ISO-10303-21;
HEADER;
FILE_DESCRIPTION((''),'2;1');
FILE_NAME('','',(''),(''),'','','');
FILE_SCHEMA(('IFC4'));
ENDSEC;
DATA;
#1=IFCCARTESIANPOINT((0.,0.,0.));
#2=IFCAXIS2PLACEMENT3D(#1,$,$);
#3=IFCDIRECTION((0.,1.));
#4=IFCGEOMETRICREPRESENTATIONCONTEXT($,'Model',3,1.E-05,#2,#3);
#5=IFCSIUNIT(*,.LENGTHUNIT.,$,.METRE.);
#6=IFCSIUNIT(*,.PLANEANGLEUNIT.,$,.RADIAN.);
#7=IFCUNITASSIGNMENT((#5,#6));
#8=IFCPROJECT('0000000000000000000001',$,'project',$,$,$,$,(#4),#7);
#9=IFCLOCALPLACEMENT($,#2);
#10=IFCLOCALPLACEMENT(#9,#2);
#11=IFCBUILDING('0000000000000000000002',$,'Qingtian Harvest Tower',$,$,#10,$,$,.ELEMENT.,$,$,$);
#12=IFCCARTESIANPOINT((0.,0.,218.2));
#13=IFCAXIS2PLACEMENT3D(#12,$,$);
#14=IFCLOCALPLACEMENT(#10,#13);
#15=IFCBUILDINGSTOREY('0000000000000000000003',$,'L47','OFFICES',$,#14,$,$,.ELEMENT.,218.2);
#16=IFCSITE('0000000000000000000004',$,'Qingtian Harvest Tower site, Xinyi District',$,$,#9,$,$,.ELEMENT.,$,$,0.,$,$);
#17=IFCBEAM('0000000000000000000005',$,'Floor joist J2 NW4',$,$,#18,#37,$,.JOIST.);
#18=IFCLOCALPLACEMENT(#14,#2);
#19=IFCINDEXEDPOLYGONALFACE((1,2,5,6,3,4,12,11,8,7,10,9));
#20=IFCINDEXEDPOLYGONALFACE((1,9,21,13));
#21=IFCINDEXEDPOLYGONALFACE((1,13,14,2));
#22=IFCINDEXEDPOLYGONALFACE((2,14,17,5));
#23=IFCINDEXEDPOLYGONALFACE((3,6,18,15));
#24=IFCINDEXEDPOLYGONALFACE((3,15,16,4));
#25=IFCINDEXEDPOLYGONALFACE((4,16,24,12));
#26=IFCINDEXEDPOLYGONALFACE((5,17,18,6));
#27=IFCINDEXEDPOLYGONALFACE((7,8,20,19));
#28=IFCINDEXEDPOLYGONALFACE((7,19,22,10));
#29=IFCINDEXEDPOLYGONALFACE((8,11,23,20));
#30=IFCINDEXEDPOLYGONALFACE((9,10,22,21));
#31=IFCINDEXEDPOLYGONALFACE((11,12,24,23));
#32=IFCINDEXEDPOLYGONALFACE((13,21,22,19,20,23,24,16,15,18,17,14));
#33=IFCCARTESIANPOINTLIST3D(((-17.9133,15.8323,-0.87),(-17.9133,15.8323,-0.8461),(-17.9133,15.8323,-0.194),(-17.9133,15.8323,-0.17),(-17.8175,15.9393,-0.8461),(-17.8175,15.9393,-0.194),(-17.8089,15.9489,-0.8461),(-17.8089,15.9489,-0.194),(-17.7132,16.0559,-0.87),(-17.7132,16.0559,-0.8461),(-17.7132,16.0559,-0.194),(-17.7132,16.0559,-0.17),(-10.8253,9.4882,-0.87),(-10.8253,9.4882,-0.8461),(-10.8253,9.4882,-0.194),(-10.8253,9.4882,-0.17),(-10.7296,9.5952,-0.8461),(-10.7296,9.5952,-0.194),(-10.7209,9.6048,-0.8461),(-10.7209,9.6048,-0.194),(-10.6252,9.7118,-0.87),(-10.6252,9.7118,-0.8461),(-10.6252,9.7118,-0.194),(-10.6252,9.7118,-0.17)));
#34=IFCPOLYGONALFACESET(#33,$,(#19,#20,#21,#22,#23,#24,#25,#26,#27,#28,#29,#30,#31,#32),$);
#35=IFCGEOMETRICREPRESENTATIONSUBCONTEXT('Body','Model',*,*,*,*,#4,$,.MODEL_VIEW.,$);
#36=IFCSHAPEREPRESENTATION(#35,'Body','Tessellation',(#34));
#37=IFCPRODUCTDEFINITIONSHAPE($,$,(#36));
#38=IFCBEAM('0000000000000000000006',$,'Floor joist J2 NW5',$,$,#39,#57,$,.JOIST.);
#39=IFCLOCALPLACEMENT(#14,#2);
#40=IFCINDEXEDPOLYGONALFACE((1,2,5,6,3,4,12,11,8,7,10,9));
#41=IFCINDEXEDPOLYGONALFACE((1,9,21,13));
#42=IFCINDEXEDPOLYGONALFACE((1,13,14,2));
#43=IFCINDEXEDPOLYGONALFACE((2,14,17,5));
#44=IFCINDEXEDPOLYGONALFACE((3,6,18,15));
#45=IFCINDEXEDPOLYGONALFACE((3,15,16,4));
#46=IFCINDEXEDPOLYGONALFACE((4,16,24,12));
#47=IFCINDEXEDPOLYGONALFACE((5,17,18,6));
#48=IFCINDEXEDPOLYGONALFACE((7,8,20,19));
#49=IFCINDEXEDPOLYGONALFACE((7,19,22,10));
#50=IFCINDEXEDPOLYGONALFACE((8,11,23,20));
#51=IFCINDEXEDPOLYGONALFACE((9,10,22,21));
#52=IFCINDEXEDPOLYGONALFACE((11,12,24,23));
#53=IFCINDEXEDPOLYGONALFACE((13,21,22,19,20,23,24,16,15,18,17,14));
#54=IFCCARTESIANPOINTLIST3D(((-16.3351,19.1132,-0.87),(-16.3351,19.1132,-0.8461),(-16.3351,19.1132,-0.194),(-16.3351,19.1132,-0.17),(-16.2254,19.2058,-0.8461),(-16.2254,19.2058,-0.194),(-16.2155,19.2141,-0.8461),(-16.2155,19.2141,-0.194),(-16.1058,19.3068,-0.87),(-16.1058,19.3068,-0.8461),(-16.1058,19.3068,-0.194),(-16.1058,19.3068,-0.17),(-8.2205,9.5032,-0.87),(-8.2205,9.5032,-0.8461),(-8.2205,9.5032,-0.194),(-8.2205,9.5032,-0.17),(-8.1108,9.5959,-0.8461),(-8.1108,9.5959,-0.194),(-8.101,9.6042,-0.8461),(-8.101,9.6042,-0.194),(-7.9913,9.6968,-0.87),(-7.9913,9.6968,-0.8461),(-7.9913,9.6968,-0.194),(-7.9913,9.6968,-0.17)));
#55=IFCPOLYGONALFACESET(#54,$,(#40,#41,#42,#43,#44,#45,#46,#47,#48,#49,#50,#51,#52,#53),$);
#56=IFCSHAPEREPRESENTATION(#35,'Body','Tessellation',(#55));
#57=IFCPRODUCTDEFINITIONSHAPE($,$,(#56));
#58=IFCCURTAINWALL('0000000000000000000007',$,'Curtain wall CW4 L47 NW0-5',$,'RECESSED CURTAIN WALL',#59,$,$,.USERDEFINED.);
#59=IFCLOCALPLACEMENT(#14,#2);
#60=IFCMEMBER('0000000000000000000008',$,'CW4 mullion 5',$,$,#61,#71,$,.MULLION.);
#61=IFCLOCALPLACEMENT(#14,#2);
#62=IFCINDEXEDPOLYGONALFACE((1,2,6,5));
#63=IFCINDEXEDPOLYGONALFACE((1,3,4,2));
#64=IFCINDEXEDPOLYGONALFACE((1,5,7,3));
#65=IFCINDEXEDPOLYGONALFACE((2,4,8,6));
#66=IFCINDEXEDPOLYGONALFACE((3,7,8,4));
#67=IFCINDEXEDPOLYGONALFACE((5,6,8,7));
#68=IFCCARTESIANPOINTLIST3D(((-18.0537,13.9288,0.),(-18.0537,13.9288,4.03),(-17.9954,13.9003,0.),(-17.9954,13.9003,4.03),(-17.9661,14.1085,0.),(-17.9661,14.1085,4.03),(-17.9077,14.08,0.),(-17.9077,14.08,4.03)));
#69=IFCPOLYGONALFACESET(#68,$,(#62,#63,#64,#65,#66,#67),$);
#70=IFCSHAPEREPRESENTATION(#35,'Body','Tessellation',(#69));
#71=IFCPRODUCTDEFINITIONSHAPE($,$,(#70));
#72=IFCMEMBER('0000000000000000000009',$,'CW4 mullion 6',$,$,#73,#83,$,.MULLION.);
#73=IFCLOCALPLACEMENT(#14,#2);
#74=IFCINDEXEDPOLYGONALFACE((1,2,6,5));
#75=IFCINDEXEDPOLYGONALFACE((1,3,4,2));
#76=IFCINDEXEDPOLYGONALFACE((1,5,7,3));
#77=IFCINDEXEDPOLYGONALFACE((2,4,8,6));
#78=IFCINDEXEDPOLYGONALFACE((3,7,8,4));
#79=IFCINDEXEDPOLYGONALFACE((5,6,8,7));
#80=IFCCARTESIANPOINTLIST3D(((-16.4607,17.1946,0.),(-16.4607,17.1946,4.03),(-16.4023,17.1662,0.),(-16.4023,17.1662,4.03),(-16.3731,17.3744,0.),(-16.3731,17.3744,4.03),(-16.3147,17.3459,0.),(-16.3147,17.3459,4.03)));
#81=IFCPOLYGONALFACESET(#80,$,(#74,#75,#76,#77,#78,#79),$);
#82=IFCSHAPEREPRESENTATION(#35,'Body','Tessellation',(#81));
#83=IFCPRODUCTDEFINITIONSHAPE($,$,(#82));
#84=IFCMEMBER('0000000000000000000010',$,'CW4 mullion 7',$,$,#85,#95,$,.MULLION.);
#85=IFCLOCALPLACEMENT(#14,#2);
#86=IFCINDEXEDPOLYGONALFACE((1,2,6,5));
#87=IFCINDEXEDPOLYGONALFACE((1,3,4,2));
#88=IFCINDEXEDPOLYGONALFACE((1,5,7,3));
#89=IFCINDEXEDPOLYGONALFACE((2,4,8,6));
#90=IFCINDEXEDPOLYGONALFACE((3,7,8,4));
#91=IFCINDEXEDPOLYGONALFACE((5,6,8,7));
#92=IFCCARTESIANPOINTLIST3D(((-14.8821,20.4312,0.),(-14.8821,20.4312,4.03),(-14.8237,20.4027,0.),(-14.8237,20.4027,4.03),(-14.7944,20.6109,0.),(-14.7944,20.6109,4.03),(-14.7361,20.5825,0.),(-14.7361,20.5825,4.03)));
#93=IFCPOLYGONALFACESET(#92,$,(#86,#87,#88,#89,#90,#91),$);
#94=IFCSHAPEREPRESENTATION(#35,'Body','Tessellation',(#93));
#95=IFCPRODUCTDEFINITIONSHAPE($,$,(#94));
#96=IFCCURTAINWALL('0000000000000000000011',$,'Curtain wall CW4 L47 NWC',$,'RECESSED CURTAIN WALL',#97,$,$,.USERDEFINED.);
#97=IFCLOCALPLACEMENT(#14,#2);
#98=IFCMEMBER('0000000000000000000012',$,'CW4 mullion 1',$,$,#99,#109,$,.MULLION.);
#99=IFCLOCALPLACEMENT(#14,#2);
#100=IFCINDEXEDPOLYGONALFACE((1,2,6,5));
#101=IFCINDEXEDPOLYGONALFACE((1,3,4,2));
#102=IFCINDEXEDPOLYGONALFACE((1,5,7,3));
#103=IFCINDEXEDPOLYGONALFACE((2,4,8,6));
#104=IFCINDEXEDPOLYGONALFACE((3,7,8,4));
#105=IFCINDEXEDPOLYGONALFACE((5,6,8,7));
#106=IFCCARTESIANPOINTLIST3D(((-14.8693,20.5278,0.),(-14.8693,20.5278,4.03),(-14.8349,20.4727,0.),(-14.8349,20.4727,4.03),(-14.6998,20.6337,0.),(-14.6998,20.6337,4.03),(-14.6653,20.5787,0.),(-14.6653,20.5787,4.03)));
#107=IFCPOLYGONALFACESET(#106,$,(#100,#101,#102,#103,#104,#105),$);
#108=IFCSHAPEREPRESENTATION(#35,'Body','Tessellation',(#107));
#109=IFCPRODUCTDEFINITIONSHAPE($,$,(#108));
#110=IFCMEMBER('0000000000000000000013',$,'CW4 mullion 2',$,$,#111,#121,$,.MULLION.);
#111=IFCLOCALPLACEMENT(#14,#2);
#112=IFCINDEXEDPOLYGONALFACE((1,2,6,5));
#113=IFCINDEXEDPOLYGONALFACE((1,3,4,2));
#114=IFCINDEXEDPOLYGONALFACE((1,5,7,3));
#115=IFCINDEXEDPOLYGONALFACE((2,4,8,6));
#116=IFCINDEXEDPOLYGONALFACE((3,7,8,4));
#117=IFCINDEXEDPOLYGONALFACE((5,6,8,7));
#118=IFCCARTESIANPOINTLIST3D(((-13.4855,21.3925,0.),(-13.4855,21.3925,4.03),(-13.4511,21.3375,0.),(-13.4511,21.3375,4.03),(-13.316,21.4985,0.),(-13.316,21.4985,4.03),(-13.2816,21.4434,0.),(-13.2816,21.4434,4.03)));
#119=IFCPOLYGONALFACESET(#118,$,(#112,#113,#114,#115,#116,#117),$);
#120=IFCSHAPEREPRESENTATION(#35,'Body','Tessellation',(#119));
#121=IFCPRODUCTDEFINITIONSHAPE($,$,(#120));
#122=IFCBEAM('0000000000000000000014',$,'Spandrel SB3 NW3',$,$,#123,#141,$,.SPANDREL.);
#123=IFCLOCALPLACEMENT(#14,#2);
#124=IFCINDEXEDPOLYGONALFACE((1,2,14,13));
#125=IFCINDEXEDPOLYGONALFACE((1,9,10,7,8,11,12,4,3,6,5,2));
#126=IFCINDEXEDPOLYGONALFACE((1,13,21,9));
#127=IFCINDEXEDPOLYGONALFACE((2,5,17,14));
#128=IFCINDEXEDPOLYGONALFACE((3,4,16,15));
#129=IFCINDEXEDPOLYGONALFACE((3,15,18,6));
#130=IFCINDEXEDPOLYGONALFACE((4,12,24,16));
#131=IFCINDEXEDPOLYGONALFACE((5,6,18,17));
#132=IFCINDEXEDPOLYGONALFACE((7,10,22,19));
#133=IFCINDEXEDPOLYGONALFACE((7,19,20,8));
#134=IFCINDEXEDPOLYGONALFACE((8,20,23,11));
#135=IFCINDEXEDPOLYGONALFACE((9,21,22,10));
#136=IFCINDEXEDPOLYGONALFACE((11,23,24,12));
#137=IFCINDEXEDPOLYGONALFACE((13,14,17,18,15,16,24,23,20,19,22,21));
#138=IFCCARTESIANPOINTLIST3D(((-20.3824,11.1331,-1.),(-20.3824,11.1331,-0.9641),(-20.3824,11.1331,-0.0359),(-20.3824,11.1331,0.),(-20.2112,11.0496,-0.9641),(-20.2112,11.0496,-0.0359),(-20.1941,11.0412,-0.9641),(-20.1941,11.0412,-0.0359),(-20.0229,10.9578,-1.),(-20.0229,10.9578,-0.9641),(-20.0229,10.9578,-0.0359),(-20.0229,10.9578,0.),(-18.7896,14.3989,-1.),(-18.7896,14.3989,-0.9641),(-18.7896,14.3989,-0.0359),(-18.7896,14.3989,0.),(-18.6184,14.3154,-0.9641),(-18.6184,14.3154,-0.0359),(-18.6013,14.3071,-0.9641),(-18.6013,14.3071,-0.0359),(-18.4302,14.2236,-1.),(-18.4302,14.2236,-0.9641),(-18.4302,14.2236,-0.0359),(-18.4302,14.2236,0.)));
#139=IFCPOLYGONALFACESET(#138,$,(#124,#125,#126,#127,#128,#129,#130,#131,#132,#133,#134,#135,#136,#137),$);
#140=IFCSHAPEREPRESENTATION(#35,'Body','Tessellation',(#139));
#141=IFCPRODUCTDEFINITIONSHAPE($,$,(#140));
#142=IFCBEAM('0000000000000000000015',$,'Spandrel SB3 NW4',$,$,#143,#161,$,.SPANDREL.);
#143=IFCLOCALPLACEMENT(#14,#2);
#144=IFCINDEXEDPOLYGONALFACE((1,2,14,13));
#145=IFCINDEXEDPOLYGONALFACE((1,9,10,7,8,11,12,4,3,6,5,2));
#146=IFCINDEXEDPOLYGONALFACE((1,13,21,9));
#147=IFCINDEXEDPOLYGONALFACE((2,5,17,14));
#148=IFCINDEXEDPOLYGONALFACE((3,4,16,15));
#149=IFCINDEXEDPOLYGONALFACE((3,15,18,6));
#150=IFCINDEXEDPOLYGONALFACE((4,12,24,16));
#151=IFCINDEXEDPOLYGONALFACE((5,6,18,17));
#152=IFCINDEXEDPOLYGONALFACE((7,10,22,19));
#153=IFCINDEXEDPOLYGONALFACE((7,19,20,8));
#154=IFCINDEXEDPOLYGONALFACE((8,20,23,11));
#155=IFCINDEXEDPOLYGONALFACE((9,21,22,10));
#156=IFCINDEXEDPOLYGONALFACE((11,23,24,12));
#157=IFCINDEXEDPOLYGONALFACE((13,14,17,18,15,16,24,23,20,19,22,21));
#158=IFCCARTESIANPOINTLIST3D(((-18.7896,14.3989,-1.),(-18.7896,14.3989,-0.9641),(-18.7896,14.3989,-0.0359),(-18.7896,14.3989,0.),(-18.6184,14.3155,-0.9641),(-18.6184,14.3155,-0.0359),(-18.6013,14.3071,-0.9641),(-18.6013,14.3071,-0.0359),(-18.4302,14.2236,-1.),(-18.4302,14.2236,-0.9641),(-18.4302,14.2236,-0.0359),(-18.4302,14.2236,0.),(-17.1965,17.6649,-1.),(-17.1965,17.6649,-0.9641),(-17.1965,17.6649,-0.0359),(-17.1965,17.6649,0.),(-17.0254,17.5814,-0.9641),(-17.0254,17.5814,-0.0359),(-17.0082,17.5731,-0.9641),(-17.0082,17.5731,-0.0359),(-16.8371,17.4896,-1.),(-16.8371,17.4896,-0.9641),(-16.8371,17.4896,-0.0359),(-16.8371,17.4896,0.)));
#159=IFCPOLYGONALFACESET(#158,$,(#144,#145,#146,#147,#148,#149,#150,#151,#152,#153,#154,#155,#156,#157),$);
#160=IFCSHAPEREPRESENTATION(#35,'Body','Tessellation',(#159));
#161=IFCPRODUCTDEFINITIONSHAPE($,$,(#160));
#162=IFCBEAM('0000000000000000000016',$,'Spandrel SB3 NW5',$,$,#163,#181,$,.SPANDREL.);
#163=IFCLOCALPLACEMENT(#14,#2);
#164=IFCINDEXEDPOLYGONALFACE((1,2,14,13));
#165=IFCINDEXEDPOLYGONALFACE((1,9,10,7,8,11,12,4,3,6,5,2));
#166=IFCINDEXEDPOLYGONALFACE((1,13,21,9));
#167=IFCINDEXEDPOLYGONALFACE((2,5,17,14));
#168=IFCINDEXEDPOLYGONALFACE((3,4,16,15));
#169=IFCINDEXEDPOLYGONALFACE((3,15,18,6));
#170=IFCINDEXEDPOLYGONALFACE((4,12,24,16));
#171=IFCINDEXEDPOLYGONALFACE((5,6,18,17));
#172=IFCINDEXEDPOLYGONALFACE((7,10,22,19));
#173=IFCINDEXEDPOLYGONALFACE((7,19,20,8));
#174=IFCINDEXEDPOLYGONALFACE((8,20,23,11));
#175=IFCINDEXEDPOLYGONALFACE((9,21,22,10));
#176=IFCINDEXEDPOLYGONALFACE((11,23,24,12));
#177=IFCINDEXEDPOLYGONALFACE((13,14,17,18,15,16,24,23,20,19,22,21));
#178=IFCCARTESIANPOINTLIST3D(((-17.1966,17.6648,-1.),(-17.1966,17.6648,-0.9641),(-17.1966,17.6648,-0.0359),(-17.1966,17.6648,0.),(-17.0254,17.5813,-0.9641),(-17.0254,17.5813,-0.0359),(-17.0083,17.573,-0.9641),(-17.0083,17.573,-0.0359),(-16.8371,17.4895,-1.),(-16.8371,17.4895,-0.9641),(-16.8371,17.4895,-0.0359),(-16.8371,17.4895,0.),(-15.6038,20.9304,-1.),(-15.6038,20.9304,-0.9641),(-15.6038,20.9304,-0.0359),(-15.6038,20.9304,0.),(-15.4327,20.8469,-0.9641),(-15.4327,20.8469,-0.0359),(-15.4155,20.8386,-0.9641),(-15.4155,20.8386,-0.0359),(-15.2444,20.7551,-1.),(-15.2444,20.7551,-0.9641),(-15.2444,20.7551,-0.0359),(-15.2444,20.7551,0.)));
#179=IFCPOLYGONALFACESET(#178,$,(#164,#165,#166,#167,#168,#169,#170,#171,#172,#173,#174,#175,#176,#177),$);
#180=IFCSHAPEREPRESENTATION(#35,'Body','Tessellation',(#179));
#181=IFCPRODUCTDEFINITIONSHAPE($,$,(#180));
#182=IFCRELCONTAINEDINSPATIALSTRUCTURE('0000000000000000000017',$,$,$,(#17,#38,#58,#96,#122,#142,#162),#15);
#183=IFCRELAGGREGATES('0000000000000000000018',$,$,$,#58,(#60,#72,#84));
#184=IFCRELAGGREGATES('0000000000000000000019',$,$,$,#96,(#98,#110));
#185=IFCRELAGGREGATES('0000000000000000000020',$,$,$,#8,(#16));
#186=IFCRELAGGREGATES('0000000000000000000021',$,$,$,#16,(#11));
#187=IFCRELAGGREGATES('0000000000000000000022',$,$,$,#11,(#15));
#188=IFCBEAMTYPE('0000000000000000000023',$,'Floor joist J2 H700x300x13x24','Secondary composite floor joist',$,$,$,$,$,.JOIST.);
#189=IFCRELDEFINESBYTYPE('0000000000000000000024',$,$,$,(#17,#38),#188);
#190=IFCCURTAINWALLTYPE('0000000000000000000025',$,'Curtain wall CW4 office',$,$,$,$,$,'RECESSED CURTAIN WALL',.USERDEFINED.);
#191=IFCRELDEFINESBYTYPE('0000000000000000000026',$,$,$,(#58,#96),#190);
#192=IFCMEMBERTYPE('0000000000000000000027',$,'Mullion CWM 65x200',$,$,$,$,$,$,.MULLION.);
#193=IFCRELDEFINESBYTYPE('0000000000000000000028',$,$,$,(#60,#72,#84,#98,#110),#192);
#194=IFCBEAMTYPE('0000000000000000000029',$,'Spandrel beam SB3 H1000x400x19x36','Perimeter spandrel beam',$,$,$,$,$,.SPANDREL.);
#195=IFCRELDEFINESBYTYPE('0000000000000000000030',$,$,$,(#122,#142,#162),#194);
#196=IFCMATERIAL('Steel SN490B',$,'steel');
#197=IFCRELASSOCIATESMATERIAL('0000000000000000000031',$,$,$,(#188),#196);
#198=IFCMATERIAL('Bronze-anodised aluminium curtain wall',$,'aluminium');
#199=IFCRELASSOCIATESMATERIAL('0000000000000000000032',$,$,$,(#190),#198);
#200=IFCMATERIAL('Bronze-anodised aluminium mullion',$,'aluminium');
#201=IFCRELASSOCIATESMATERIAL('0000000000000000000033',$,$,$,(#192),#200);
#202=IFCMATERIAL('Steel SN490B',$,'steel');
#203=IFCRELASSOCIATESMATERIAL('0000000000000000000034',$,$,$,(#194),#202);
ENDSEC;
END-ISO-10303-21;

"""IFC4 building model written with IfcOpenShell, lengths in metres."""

from ifc_helpers import new_model, si_unit, direction, frame, origin, origin_2d, place, context, subcontext, project, spatial, rectangle, i_section, extrude, material, material_profile, profile_set, type_object, element, aggregate, save


model = new_model("IFC4")

# Units and contexts
model_context = context("Model", 3, precision=1e-05, world=origin(), true_north=direction((0.0, 1.0)))
body_context = subcontext(model_context, "Body", "Model", "MODEL_VIEW")
ifc_project = project(units=[si_unit("LENGTHUNIT", "METRE"), si_unit("PLANEANGLEUNIT", "RADIAN")], contexts=[model_context])

# Site, building, storey
site_placement = place(None, origin())
site = spatial("IfcSite", under=ifc_project, at=site_placement, Name="Qingtian Harvest Tower site, Xinyi District", CompositionType="ELEMENT", RefElevation=0.0)
building_placement = place(site_placement, origin())
building = spatial("IfcBuilding", under=site, at=building_placement, Name="Qingtian Harvest Tower", CompositionType="ELEMENT")
storey_placement = place(building_placement, frame((0.0, 0.0, 218.2)))
storey = spatial("IfcBuildingStorey", under=building, at=storey_placement, Name="L47", Description="OFFICES", CompositionType="ELEMENT", Elevation=218.2)

# Beams
ifc_material_1 = material(Name="Steel SN490B", Category="steel")
ifc_material_profile_1 = material_profile(ifc_material_1, i_section(OverallWidth=0.3, OverallDepth=0.7, WebThickness=0.0129, FlangeThickness=0.0239, at=origin_2d()), Name="H700x300x13x24")
ifc_profile_set_1 = profile_set([ifc_material_profile_1], Name="Steel SN490B")
beam_type_1 = type_object("IfcBeamType", Name="Floor joist J2 H700x300x13x24", Description="Secondary composite floor joist", PredefinedType="JOIST", material=ifc_profile_set_1)
beam_1_placement = place(storey_placement, frame((-17.8132, 15.9441, -0.52), z_axis=(0.745127, -0.666923, 0.0), x_axis=(0.666923, 0.745127, 0.0)))
element("IfcBeam", 1, at=beam_1_placement, inside=storey, type_object=beam_type_1, Name="Floor joist J2 NW4", PredefinedType="JOIST", context=body_context, shape_type="SweptSolid", body=[
    extrude(i_section(OverallWidth=0.3, OverallDepth=0.7, WebThickness=0.0129, FlangeThickness=0.0239, at=origin_2d()), origin(), (0.0, 0.0, 1.0), 9.5125),
])
beam_2_placement = place(storey_placement, frame((-16.2205, 19.21, -0.52), z_axis=(0.645158, -0.764049, 0.0), x_axis=(0.764049, 0.645158, 0.0)))
element("IfcBeam", 2, at=beam_2_placement, inside=storey, type_object=beam_type_1, Name="Floor joist J2 NW5", PredefinedType="JOIST", context=body_context, shape_type="SweptSolid", body=[
    extrude(i_section(OverallWidth=0.3, OverallDepth=0.7, WebThickness=0.0129, FlangeThickness=0.0239, at=origin_2d()), origin(), (0.0, 0.0, 1.0), 12.5776),
])

# Curtain walls, members
ifc_material_2 = material(Name="Bronze-anodised aluminium curtain wall", Category="aluminium")
curtain_wall_type = type_object("IfcCurtainWallType", Name="Curtain wall CW4 office", ElementType="RECESSED CURTAIN WALL", PredefinedType="USERDEFINED", material=ifc_material_2)
curtain_wall_1_placement = place(storey_placement, origin())
curtain_wall_1 = element("IfcCurtainWall", 3, at=curtain_wall_1_placement, inside=storey, type_object=curtain_wall_type, Name="Curtain wall CW4 L47 NW0-5", ObjectType="RECESSED CURTAIN WALL", PredefinedType="USERDEFINED")
ifc_material_3 = material(Name="Bronze-anodised aluminium mullion", Category="aluminium")
ifc_material_profile_2 = material_profile(ifc_material_3, rectangle(XDim=0.0649, YDim=0.2, at=origin_2d()), Name="AL 65x200")
ifc_profile_set_2 = profile_set([ifc_material_profile_2], Name="Bronze-anodised aluminium mullion")
member_type_1 = type_object("IfcMemberType", Name="Mullion CWM 65x200", PredefinedType="MULLION", material=ifc_profile_set_2)
member_1_placement = place(storey_placement, frame((-17.9807, 14.0044, 0.0), z_axis=(0.0, 0.0, 1.0), x_axis=(-0.898794, 0.438371, 0.0)))
member_1 = element("IfcMember", 4, at=member_1_placement, type_object=member_type_1, Name="CW4 mullion 5", PredefinedType="MULLION", context=body_context, shape_type="SweptSolid", body=[
    extrude(rectangle(XDim=0.0649, YDim=0.2, at=origin_2d()), origin(), (0.0, 0.0, 1.0), 4.03),
])
member_2_placement = place(storey_placement, frame((-16.3877, 17.2703, 0.0), z_axis=(0.0, 0.0, 1.0), x_axis=(-0.898794, 0.438371, 0.0)))
member_2 = element("IfcMember", 5, at=member_2_placement, type_object=member_type_1, Name="CW4 mullion 6", PredefinedType="MULLION", context=body_context, shape_type="SweptSolid", body=[
    extrude(rectangle(XDim=0.0649, YDim=0.2, at=origin_2d()), origin(), (0.0, 0.0, 1.0), 4.03),
])
member_3_placement = place(storey_placement, frame((-14.8091, 20.5068, 0.0), z_axis=(0.0, 0.0, 1.0), x_axis=(-0.898794, 0.438371, 0.0)))
member_3 = element("IfcMember", 6, at=member_3_placement, type_object=member_type_1, Name="CW4 mullion 7", PredefinedType="MULLION", context=body_context, shape_type="SweptSolid", body=[
    extrude(rectangle(XDim=0.0649, YDim=0.2, at=origin_2d()), origin(), (0.0, 0.0, 1.0), 4.03),
])
curtain_wall_2_placement = place(storey_placement, origin())
curtain_wall_2 = element("IfcCurtainWall", 7, at=curtain_wall_2_placement, inside=storey, type_object=curtain_wall_type, Name="Curtain wall CW4 L47 NWC", ObjectType="RECESSED CURTAIN WALL", PredefinedType="USERDEFINED")
member_4_placement = place(storey_placement, frame((-14.7673, 20.5532, 0.0), z_axis=(0.0, 0.0, 1.0), x_axis=(-0.529919, 0.848048, 0.0)))
member_4 = element("IfcMember", 8, at=member_4_placement, type_object=member_type_1, Name="CW4 mullion 1", PredefinedType="MULLION", context=body_context, shape_type="SweptSolid", body=[
    extrude(rectangle(XDim=0.0649, YDim=0.2, at=origin_2d()), origin(), (0.0, 0.0, 1.0), 4.03),
])
member_5_placement = place(storey_placement, frame((-13.3835, 21.418, 0.0), z_axis=(0.0, 0.0, 1.0), x_axis=(-0.529919, 0.848048, 0.0)))
member_5 = element("IfcMember", 9, at=member_5_placement, type_object=member_type_1, Name="CW4 mullion 2", PredefinedType="MULLION", context=body_context, shape_type="SweptSolid", body=[
    extrude(rectangle(XDim=0.0649, YDim=0.2, at=origin_2d()), origin(), (0.0, 0.0, 1.0), 4.03),
])

# Beams
ifc_material_4 = material(Name="Steel SN490B", Category="steel")
ifc_material_profile_3 = material_profile(ifc_material_4, i_section(OverallWidth=0.3999, OverallDepth=1.0, WebThickness=0.019, FlangeThickness=0.0359, at=origin_2d()), Name="H1000x400x19x36")
ifc_profile_set_3 = profile_set([ifc_material_profile_3], Name="Steel SN490B")
beam_type_2 = type_object("IfcBeamType", Name="Spandrel beam SB3 H1000x400x19x36", Description="Perimeter spandrel beam", PredefinedType="SPANDREL", material=ifc_profile_set_3)
beam_3_placement = place(storey_placement, frame((-20.2026, 11.0454, -0.5), z_axis=(0.438349, 0.898805, 0.0), x_axis=(-0.898805, 0.438349, 0.0)))
element("IfcBeam", 10, at=beam_3_placement, inside=storey, type_object=beam_type_2, Name="Spandrel SB3 NW3", PredefinedType="SPANDREL", context=body_context, shape_type="SweptSolid", body=[
    extrude(i_section(OverallWidth=0.3999, OverallDepth=1.0, WebThickness=0.019, FlangeThickness=0.0359, at=origin_2d()), origin(), (0.0, 0.0, 1.0), 3.6335),
])
beam_4_placement = place(storey_placement, frame((-18.6099, 14.3113, -0.5), z_axis=(0.438404, 0.898778, 0.0), x_axis=(-0.898778, 0.438404, 0.0)))
element("IfcBeam", 11, at=beam_4_placement, inside=storey, type_object=beam_type_2, Name="Spandrel SB3 NW4", PredefinedType="SPANDREL", context=body_context, shape_type="SweptSolid", body=[
    extrude(i_section(OverallWidth=0.3999, OverallDepth=1.0, WebThickness=0.019, FlangeThickness=0.0359, at=origin_2d()), origin(), (0.0, 0.0, 1.0), 3.6338),
])
beam_5_placement = place(storey_placement, frame((-17.0168, 17.5771, -0.5), z_axis=(0.438376, 0.898792, 0.0), x_axis=(-0.898792, 0.438376, 0.0)))
element("IfcBeam", 12, at=beam_5_placement, inside=storey, type_object=beam_type_2, Name="Spandrel SB3 NW5", PredefinedType="SPANDREL", context=body_context, shape_type="SweptSolid", body=[
    extrude(i_section(OverallWidth=0.3999, OverallDepth=1.0, WebThickness=0.019, FlangeThickness=0.0359, at=origin_2d()), origin(), (0.0, 0.0, 1.0), 3.6333),
])

aggregate(curtain_wall_1, [member_1, member_2, member_3])
aggregate(curtain_wall_2, [member_4, member_5])

save(model, "model.ifc")
